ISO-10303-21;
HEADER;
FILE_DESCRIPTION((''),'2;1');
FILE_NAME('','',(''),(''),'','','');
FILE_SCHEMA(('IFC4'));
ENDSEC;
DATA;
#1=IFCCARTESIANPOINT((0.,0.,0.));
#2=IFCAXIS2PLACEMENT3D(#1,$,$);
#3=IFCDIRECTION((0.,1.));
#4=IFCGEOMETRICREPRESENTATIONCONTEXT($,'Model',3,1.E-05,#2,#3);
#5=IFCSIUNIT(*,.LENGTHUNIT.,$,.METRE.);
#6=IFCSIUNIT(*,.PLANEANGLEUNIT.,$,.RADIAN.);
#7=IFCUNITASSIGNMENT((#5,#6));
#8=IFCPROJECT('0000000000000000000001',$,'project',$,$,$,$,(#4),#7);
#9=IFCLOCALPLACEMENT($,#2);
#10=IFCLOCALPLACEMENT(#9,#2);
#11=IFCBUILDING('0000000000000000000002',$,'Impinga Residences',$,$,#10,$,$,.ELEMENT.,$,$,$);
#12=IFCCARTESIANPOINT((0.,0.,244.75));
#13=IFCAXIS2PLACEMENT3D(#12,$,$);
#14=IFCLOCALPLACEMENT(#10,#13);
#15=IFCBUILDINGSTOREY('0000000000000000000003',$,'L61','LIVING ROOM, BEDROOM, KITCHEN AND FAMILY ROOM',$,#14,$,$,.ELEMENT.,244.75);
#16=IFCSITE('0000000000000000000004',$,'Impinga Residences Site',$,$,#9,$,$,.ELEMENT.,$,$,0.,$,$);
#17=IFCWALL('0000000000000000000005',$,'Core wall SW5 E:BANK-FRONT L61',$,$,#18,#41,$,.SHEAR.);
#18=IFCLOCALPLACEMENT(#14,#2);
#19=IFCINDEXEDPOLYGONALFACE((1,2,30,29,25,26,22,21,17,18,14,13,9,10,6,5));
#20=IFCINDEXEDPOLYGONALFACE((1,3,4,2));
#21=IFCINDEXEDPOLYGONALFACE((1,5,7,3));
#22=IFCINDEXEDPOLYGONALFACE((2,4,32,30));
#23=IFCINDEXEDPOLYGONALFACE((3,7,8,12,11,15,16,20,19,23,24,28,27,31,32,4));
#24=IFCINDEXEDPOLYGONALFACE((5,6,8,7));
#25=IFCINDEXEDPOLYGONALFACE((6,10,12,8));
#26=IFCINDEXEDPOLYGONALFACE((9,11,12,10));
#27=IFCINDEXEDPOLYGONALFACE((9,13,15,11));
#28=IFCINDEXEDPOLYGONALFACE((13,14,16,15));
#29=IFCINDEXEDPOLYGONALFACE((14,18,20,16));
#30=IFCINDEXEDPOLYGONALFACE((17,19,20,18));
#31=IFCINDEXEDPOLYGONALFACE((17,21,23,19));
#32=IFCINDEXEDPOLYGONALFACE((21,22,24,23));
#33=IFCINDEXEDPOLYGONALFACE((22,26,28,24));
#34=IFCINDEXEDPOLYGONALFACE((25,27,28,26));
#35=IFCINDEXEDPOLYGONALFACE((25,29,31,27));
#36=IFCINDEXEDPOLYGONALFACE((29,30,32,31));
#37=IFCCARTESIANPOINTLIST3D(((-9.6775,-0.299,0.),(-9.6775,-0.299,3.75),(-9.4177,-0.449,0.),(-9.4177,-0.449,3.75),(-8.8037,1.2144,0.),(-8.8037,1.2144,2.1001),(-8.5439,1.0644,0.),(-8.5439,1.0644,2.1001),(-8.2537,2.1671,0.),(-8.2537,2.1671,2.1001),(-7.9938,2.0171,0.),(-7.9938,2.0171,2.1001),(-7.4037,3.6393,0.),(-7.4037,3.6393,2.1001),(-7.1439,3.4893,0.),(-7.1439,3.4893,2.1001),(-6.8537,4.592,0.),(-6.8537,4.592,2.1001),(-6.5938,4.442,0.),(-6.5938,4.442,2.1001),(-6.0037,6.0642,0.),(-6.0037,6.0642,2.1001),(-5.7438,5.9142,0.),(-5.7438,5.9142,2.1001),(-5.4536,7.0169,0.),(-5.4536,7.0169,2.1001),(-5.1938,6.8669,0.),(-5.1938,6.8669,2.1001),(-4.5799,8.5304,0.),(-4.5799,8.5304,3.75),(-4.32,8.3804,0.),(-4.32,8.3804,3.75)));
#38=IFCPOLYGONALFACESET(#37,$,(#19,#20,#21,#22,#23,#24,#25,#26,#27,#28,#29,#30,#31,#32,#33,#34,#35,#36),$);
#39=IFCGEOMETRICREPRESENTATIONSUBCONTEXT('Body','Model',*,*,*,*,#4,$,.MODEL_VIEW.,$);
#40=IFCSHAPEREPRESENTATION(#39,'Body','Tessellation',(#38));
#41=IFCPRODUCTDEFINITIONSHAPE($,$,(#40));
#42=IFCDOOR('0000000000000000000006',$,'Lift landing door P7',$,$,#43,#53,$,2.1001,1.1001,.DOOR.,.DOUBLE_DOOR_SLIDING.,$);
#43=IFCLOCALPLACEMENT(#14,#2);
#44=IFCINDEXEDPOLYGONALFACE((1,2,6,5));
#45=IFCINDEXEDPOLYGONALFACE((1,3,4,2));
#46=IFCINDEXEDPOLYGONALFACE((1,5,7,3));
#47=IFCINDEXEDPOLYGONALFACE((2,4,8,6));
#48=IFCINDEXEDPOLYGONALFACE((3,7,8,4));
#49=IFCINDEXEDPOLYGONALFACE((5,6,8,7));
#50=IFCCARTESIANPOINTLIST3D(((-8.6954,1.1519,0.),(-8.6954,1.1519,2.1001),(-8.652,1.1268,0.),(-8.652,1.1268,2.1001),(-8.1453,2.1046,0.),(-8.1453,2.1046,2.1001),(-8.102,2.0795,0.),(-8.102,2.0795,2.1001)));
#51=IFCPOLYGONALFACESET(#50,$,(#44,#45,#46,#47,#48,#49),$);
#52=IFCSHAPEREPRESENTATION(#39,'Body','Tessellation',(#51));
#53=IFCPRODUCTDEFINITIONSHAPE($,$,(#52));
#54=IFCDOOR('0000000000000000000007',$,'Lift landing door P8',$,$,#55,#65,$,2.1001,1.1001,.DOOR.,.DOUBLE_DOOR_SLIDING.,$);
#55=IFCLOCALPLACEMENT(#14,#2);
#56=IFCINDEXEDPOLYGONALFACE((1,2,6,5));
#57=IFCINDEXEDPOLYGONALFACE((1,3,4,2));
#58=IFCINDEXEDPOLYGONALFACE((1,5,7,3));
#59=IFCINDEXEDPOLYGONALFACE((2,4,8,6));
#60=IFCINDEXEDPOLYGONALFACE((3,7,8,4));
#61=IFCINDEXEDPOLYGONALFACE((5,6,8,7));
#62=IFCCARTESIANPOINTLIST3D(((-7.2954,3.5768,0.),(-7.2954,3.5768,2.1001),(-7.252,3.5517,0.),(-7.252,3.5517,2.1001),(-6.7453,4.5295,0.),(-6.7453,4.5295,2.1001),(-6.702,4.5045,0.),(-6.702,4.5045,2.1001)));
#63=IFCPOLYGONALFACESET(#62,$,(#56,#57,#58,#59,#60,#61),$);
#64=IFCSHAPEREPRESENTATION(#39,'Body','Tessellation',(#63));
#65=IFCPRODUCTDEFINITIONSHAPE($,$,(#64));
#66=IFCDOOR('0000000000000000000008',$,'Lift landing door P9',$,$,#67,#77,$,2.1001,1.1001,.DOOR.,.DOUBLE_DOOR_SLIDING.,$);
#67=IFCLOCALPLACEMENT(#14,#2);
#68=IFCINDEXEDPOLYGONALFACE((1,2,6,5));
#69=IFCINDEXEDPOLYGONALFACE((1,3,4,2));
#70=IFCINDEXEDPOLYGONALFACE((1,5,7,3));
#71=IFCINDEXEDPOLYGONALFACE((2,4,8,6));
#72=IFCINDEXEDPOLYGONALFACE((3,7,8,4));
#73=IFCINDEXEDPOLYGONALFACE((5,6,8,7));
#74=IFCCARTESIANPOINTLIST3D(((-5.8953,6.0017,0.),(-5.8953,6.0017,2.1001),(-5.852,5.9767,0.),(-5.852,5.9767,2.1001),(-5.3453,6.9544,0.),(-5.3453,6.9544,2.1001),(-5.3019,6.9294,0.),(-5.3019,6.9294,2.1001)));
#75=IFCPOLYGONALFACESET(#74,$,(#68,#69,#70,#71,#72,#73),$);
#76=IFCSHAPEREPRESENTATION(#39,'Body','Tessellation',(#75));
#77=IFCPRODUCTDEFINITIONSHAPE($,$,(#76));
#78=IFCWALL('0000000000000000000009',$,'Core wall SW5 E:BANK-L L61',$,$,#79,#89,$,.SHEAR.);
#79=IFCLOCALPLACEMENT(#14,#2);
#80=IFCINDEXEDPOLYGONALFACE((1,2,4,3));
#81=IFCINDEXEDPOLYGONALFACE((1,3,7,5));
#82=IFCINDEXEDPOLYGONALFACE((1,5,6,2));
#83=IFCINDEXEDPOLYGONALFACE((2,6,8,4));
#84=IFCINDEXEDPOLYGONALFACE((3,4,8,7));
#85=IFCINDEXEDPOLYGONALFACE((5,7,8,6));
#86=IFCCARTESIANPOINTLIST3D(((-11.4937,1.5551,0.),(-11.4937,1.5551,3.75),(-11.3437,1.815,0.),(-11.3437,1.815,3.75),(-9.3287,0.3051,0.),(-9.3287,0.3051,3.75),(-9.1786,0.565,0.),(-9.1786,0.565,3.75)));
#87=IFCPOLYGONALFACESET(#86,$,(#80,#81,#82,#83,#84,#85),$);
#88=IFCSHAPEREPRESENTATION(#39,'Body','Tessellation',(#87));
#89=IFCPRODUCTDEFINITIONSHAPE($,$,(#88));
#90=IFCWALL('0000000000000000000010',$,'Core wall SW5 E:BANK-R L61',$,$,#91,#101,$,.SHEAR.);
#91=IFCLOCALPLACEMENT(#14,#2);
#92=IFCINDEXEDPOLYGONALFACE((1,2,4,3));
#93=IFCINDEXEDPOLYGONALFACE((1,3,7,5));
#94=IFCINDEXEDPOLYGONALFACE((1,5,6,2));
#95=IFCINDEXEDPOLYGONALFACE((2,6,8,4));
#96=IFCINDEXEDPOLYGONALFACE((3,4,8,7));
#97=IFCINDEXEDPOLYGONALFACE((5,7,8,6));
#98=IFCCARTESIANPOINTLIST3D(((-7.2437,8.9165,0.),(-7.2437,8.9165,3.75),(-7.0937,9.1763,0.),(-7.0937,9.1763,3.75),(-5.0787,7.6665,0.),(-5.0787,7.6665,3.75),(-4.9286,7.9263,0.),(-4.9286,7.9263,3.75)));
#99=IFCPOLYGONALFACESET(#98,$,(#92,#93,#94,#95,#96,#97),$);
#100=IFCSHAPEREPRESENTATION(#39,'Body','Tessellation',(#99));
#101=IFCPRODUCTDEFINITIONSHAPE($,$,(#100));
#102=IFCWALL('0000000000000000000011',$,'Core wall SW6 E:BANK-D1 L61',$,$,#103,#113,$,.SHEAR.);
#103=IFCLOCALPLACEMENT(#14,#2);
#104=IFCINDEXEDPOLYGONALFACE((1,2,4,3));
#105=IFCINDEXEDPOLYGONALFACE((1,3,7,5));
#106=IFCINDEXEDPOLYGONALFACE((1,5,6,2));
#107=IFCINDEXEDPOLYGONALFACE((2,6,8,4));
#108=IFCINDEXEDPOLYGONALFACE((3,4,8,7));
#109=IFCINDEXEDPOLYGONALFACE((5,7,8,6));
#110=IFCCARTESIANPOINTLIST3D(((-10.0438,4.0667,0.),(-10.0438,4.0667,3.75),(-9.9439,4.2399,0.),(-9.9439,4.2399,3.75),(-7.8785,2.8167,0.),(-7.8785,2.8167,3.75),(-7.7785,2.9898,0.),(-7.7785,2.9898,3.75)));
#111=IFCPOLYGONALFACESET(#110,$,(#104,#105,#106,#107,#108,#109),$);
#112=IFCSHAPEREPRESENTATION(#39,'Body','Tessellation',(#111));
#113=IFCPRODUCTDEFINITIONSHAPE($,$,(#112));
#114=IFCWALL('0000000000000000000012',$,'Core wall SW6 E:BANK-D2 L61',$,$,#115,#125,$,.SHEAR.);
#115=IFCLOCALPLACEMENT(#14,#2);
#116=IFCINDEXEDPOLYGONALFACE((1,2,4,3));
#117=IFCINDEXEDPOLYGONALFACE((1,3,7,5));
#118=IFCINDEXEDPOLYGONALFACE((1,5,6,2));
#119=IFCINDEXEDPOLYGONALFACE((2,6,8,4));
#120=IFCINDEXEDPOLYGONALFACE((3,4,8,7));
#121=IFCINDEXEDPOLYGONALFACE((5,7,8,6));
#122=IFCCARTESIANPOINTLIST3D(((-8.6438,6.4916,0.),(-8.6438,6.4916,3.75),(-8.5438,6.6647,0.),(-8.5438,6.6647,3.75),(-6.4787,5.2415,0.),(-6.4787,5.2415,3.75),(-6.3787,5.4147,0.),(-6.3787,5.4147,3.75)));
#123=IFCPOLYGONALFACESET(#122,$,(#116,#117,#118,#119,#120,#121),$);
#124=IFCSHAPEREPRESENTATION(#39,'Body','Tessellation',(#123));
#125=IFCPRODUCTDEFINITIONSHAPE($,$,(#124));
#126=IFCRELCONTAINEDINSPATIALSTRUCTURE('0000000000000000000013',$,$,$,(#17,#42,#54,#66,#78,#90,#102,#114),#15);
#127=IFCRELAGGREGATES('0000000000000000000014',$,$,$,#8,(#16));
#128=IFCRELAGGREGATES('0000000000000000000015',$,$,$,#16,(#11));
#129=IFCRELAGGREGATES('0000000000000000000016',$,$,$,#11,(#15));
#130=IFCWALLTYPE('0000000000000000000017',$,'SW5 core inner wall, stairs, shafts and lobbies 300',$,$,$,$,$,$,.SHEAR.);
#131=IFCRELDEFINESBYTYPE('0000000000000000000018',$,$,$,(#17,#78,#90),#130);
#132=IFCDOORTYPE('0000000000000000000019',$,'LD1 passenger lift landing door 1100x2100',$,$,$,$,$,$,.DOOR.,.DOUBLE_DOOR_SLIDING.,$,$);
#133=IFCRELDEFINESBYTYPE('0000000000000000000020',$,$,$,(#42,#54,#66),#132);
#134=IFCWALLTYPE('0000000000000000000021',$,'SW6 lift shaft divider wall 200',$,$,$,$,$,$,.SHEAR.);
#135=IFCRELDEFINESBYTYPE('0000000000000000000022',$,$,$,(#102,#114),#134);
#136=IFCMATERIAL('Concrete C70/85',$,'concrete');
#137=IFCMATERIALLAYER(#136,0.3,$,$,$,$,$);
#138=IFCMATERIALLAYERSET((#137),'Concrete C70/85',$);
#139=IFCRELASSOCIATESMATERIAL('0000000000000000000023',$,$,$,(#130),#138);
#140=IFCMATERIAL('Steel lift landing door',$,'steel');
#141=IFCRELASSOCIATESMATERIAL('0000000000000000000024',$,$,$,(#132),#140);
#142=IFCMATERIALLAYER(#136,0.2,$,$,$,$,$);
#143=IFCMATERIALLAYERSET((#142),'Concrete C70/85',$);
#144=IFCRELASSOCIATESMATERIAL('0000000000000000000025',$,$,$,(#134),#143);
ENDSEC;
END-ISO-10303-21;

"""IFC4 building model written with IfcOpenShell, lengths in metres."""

from ifc_helpers import new_model, si_unit, direction, frame, frame_2d, origin, place, context, subcontext, project, spatial, rectangle, extrude, material, layer, layer_set, type_object, element, fill, save


model = new_model("IFC4")

# Units and contexts
model_context = context("Model", 3, precision=1e-05, world=origin(), true_north=direction((0.0, 1.0)))
body_context = subcontext(model_context, "Body", "Model", "MODEL_VIEW")
ifc_project = project(units=[si_unit("LENGTHUNIT", "METRE"), si_unit("PLANEANGLEUNIT", "RADIAN")], contexts=[model_context])

# Site, building, storey
site_placement = place(None, origin())
site = spatial("IfcSite", under=ifc_project, at=site_placement, Name="Impinga Residences Site", CompositionType="ELEMENT", RefElevation=0.0)
building_placement = place(site_placement, origin())
building = spatial("IfcBuilding", under=site, at=building_placement, Name="Impinga Residences", CompositionType="ELEMENT")
storey_placement = place(building_placement, frame((0.0, 0.0, 244.75)))
storey = spatial("IfcBuildingStorey", under=building, at=storey_placement, Name="L61", Description="LIVING ROOM, BEDROOM, KITCHEN AND FAMILY ROOM", CompositionType="ELEMENT", Elevation=244.75)

# Shared definitions
ifc_material_1 = material(Name="Concrete C70/85", Category="concrete")
ifc_layer_1 = layer(ifc_material_1, 0.3)
ifc_layer_set_1 = layer_set([ifc_layer_1], Name="Concrete C70/85")
wall_type_1 = type_object("IfcWallType", Name="SW5 core inner wall, stairs, shafts and lobbies 300", PredefinedType="SHEAR", material=ifc_layer_set_1)

# Shared definitions
ifc_material_2 = material(Name="Steel lift landing door", Category="steel")

# Wall, openings, doors
wall_1_placement = place(storey_placement, frame((-9.5476, -0.374, 0.0), z_axis=(0.0, 0.0, 1.0), x_axis=(0.500002, 0.866024, 0.0)))
wall_1 = element("IfcWall", 1, at=wall_1_placement, inside=storey, type_object=wall_type_1, Name="Core wall SW5 E:BANK-FRONT L61", PredefinedType="SHEAR", context=body_context, shape_type="SweptSolid", body=[
    extrude(rectangle(XDim=10.1953, YDim=0.3, at=frame_2d((5.0977, 0.0))), origin(), (0.0, 0.0, 1.0), 3.75),
])
opening_1_placement = place(wall_1_placement, frame((1.7476, 0.0, 0.0)))
opening_1 = element("IfcOpeningElement", 2, at=opening_1_placement, cuts=wall_1, PredefinedType="OPENING", context=body_context, shape_type="SweptSolid", body=[
    extrude(rectangle(XDim=1.1001, YDim=2.1001, at=frame_2d((0.55, 1.05))), frame((0.0, 0.1599, 0.0), z_axis=(0.0, -1.0, 0.0), x_axis=(1.0, 0.0, 0.0)), (0.0, 0.0, 1.0), 0.3201),
])
opening_2_placement = place(wall_1_placement, frame((4.5476, 0.0, 0.0)))
opening_2 = element("IfcOpeningElement", 3, at=opening_2_placement, cuts=wall_1, PredefinedType="OPENING", context=body_context, shape_type="SweptSolid", body=[
    extrude(rectangle(XDim=1.1001, YDim=2.1001, at=frame_2d((0.55, 1.05))), frame((0.0, 0.1599, 0.0), z_axis=(0.0, -1.0, 0.0), x_axis=(1.0, 0.0, 0.0)), (0.0, 0.0, 1.0), 0.3201),
])
opening_3_placement = place(wall_1_placement, frame((7.3477, 0.0, 0.0)))
opening_3 = element("IfcOpeningElement", 4, at=opening_3_placement, cuts=wall_1, PredefinedType="OPENING", context=body_context, shape_type="SweptSolid", body=[
    extrude(rectangle(XDim=1.1001, YDim=2.1001, at=frame_2d((0.55, 1.05))), frame((0.0, 0.1599, 0.0), z_axis=(0.0, -1.0, 0.0), x_axis=(1.0, 0.0, 0.0)), (0.0, 0.0, 1.0), 0.3201),
])
door_type_1 = type_object("IfcDoorType", Name="LD1 passenger lift landing door 1100x2100", OperationType="DOUBLE_DOOR_SLIDING", PredefinedType="DOOR", material=ifc_material_2)
door_1_placement = place(opening_1_placement, origin())
door_1 = element("IfcDoor", 5, at=door_1_placement, inside=storey, type_object=door_type_1, Name="Lift landing door P7", OperationType="DOUBLE_DOOR_SLIDING", OverallHeight=2.1001, OverallWidth=1.1001, PredefinedType="DOOR", context=body_context, shape_type="SweptSolid", body=[
    extrude(rectangle(XDim=1.1001, YDim=2.1001, at=frame_2d((0.55, 1.05))), frame((0.0, 0.0249, 0.0), z_axis=(0.0, -1.0, 0.0), x_axis=(1.0, 0.0, 0.0)), (0.0, 0.0, 1.0), 0.05),
])
fill(opening_1, door_1)
door_2_placement = place(opening_2_placement, origin())
door_2 = element("IfcDoor", 6, at=door_2_placement, inside=storey, type_object=door_type_1, Name="Lift landing door P8", OperationType="DOUBLE_DOOR_SLIDING", OverallHeight=2.1001, OverallWidth=1.1001, PredefinedType="DOOR", context=body_context, shape_type="SweptSolid", body=[
    extrude(rectangle(XDim=1.1001, YDim=2.1001, at=frame_2d((0.55, 1.05))), frame((0.0, 0.0249, 0.0), z_axis=(0.0, -1.0, 0.0), x_axis=(1.0, 0.0, 0.0)), (0.0, 0.0, 1.0), 0.05),
])
fill(opening_2, door_2)
door_3_placement = place(opening_3_placement, origin())
door_3 = element("IfcDoor", 7, at=door_3_placement, inside=storey, type_object=door_type_1, Name="Lift landing door P9", OperationType="DOUBLE_DOOR_SLIDING", OverallHeight=2.1001, OverallWidth=1.1001, PredefinedType="DOOR", context=body_context, shape_type="SweptSolid", body=[
    extrude(rectangle(XDim=1.1001, YDim=2.1001, at=frame_2d((0.55, 1.05))), frame((0.0, 0.0249, 0.0), z_axis=(0.0, -1.0, 0.0), x_axis=(1.0, 0.0, 0.0)), (0.0, 0.0, 1.0), 0.05),
])
fill(opening_3, door_3)

# Walls
for number, where, z_axis, x_axis, name in (
    (8, (-9.2537, 0.4351, 0.0), (0.0, 0.0, 1.0), (-0.866023, 0.500004, 0.0), "Core wall SW5 E:BANK-L L61"),
    (9, (-5.0037, 7.7964, 0.0), (0.0, 0.0, 1.0), (-0.866023, 0.500004, 0.0), "Core wall SW5 E:BANK-R L61"),
):
    element("IfcWall", number, at=place(storey_placement, frame(where, z_axis=z_axis, x_axis=x_axis)), inside=storey, type_object=wall_type_1, Name=name, PredefinedType="SHEAR", context=body_context, shape_type="SweptSolid", body=[
        extrude(rectangle(XDim=2.5, YDim=0.3, at=frame_2d((1.25, 0.0))), origin(), (0.0, 0.0, 1.0), 3.75),
    ])
ifc_layer_2 = layer(ifc_material_1, 0.2)
ifc_layer_set_2 = layer_set([ifc_layer_2], Name="Concrete C70/85")
wall_type_2 = type_object("IfcWallType", Name="SW6 lift shaft divider wall 200", PredefinedType="SHEAR", material=ifc_layer_set_2)
wall_2_placement = place(storey_placement, frame((-7.8286, 2.9033, 0.0), z_axis=(0.0, 0.0, 1.0), x_axis=(-0.866047, 0.499962, 0.0)))
element("IfcWall", 10, at=wall_2_placement, inside=storey, type_object=wall_type_2, Name="Core wall SW6 E:BANK-D1 L61", PredefinedType="SHEAR", context=body_context, shape_type="SweptSolid", body=[
    extrude(rectangle(XDim=2.5002, YDim=0.2, at=frame_2d((1.25, 0.0))), origin(), (0.0, 0.0, 1.0), 3.75),
])
wall_3_placement = place(storey_placement, frame((-6.4287, 5.3281, 0.0), z_axis=(0.0, 0.0, 1.0), x_axis=(-0.866023, 0.500004, 0.0)))
element("IfcWall", 11, at=wall_3_placement, inside=storey, type_object=wall_type_2, Name="Core wall SW6 E:BANK-D2 L61", PredefinedType="SHEAR", context=body_context, shape_type="SweptSolid", body=[
    extrude(rectangle(XDim=2.5, YDim=0.2, at=frame_2d((1.25, 0.0))), origin(), (0.0, 0.0, 1.0), 3.75),
])

save(model, "model.ifc")
